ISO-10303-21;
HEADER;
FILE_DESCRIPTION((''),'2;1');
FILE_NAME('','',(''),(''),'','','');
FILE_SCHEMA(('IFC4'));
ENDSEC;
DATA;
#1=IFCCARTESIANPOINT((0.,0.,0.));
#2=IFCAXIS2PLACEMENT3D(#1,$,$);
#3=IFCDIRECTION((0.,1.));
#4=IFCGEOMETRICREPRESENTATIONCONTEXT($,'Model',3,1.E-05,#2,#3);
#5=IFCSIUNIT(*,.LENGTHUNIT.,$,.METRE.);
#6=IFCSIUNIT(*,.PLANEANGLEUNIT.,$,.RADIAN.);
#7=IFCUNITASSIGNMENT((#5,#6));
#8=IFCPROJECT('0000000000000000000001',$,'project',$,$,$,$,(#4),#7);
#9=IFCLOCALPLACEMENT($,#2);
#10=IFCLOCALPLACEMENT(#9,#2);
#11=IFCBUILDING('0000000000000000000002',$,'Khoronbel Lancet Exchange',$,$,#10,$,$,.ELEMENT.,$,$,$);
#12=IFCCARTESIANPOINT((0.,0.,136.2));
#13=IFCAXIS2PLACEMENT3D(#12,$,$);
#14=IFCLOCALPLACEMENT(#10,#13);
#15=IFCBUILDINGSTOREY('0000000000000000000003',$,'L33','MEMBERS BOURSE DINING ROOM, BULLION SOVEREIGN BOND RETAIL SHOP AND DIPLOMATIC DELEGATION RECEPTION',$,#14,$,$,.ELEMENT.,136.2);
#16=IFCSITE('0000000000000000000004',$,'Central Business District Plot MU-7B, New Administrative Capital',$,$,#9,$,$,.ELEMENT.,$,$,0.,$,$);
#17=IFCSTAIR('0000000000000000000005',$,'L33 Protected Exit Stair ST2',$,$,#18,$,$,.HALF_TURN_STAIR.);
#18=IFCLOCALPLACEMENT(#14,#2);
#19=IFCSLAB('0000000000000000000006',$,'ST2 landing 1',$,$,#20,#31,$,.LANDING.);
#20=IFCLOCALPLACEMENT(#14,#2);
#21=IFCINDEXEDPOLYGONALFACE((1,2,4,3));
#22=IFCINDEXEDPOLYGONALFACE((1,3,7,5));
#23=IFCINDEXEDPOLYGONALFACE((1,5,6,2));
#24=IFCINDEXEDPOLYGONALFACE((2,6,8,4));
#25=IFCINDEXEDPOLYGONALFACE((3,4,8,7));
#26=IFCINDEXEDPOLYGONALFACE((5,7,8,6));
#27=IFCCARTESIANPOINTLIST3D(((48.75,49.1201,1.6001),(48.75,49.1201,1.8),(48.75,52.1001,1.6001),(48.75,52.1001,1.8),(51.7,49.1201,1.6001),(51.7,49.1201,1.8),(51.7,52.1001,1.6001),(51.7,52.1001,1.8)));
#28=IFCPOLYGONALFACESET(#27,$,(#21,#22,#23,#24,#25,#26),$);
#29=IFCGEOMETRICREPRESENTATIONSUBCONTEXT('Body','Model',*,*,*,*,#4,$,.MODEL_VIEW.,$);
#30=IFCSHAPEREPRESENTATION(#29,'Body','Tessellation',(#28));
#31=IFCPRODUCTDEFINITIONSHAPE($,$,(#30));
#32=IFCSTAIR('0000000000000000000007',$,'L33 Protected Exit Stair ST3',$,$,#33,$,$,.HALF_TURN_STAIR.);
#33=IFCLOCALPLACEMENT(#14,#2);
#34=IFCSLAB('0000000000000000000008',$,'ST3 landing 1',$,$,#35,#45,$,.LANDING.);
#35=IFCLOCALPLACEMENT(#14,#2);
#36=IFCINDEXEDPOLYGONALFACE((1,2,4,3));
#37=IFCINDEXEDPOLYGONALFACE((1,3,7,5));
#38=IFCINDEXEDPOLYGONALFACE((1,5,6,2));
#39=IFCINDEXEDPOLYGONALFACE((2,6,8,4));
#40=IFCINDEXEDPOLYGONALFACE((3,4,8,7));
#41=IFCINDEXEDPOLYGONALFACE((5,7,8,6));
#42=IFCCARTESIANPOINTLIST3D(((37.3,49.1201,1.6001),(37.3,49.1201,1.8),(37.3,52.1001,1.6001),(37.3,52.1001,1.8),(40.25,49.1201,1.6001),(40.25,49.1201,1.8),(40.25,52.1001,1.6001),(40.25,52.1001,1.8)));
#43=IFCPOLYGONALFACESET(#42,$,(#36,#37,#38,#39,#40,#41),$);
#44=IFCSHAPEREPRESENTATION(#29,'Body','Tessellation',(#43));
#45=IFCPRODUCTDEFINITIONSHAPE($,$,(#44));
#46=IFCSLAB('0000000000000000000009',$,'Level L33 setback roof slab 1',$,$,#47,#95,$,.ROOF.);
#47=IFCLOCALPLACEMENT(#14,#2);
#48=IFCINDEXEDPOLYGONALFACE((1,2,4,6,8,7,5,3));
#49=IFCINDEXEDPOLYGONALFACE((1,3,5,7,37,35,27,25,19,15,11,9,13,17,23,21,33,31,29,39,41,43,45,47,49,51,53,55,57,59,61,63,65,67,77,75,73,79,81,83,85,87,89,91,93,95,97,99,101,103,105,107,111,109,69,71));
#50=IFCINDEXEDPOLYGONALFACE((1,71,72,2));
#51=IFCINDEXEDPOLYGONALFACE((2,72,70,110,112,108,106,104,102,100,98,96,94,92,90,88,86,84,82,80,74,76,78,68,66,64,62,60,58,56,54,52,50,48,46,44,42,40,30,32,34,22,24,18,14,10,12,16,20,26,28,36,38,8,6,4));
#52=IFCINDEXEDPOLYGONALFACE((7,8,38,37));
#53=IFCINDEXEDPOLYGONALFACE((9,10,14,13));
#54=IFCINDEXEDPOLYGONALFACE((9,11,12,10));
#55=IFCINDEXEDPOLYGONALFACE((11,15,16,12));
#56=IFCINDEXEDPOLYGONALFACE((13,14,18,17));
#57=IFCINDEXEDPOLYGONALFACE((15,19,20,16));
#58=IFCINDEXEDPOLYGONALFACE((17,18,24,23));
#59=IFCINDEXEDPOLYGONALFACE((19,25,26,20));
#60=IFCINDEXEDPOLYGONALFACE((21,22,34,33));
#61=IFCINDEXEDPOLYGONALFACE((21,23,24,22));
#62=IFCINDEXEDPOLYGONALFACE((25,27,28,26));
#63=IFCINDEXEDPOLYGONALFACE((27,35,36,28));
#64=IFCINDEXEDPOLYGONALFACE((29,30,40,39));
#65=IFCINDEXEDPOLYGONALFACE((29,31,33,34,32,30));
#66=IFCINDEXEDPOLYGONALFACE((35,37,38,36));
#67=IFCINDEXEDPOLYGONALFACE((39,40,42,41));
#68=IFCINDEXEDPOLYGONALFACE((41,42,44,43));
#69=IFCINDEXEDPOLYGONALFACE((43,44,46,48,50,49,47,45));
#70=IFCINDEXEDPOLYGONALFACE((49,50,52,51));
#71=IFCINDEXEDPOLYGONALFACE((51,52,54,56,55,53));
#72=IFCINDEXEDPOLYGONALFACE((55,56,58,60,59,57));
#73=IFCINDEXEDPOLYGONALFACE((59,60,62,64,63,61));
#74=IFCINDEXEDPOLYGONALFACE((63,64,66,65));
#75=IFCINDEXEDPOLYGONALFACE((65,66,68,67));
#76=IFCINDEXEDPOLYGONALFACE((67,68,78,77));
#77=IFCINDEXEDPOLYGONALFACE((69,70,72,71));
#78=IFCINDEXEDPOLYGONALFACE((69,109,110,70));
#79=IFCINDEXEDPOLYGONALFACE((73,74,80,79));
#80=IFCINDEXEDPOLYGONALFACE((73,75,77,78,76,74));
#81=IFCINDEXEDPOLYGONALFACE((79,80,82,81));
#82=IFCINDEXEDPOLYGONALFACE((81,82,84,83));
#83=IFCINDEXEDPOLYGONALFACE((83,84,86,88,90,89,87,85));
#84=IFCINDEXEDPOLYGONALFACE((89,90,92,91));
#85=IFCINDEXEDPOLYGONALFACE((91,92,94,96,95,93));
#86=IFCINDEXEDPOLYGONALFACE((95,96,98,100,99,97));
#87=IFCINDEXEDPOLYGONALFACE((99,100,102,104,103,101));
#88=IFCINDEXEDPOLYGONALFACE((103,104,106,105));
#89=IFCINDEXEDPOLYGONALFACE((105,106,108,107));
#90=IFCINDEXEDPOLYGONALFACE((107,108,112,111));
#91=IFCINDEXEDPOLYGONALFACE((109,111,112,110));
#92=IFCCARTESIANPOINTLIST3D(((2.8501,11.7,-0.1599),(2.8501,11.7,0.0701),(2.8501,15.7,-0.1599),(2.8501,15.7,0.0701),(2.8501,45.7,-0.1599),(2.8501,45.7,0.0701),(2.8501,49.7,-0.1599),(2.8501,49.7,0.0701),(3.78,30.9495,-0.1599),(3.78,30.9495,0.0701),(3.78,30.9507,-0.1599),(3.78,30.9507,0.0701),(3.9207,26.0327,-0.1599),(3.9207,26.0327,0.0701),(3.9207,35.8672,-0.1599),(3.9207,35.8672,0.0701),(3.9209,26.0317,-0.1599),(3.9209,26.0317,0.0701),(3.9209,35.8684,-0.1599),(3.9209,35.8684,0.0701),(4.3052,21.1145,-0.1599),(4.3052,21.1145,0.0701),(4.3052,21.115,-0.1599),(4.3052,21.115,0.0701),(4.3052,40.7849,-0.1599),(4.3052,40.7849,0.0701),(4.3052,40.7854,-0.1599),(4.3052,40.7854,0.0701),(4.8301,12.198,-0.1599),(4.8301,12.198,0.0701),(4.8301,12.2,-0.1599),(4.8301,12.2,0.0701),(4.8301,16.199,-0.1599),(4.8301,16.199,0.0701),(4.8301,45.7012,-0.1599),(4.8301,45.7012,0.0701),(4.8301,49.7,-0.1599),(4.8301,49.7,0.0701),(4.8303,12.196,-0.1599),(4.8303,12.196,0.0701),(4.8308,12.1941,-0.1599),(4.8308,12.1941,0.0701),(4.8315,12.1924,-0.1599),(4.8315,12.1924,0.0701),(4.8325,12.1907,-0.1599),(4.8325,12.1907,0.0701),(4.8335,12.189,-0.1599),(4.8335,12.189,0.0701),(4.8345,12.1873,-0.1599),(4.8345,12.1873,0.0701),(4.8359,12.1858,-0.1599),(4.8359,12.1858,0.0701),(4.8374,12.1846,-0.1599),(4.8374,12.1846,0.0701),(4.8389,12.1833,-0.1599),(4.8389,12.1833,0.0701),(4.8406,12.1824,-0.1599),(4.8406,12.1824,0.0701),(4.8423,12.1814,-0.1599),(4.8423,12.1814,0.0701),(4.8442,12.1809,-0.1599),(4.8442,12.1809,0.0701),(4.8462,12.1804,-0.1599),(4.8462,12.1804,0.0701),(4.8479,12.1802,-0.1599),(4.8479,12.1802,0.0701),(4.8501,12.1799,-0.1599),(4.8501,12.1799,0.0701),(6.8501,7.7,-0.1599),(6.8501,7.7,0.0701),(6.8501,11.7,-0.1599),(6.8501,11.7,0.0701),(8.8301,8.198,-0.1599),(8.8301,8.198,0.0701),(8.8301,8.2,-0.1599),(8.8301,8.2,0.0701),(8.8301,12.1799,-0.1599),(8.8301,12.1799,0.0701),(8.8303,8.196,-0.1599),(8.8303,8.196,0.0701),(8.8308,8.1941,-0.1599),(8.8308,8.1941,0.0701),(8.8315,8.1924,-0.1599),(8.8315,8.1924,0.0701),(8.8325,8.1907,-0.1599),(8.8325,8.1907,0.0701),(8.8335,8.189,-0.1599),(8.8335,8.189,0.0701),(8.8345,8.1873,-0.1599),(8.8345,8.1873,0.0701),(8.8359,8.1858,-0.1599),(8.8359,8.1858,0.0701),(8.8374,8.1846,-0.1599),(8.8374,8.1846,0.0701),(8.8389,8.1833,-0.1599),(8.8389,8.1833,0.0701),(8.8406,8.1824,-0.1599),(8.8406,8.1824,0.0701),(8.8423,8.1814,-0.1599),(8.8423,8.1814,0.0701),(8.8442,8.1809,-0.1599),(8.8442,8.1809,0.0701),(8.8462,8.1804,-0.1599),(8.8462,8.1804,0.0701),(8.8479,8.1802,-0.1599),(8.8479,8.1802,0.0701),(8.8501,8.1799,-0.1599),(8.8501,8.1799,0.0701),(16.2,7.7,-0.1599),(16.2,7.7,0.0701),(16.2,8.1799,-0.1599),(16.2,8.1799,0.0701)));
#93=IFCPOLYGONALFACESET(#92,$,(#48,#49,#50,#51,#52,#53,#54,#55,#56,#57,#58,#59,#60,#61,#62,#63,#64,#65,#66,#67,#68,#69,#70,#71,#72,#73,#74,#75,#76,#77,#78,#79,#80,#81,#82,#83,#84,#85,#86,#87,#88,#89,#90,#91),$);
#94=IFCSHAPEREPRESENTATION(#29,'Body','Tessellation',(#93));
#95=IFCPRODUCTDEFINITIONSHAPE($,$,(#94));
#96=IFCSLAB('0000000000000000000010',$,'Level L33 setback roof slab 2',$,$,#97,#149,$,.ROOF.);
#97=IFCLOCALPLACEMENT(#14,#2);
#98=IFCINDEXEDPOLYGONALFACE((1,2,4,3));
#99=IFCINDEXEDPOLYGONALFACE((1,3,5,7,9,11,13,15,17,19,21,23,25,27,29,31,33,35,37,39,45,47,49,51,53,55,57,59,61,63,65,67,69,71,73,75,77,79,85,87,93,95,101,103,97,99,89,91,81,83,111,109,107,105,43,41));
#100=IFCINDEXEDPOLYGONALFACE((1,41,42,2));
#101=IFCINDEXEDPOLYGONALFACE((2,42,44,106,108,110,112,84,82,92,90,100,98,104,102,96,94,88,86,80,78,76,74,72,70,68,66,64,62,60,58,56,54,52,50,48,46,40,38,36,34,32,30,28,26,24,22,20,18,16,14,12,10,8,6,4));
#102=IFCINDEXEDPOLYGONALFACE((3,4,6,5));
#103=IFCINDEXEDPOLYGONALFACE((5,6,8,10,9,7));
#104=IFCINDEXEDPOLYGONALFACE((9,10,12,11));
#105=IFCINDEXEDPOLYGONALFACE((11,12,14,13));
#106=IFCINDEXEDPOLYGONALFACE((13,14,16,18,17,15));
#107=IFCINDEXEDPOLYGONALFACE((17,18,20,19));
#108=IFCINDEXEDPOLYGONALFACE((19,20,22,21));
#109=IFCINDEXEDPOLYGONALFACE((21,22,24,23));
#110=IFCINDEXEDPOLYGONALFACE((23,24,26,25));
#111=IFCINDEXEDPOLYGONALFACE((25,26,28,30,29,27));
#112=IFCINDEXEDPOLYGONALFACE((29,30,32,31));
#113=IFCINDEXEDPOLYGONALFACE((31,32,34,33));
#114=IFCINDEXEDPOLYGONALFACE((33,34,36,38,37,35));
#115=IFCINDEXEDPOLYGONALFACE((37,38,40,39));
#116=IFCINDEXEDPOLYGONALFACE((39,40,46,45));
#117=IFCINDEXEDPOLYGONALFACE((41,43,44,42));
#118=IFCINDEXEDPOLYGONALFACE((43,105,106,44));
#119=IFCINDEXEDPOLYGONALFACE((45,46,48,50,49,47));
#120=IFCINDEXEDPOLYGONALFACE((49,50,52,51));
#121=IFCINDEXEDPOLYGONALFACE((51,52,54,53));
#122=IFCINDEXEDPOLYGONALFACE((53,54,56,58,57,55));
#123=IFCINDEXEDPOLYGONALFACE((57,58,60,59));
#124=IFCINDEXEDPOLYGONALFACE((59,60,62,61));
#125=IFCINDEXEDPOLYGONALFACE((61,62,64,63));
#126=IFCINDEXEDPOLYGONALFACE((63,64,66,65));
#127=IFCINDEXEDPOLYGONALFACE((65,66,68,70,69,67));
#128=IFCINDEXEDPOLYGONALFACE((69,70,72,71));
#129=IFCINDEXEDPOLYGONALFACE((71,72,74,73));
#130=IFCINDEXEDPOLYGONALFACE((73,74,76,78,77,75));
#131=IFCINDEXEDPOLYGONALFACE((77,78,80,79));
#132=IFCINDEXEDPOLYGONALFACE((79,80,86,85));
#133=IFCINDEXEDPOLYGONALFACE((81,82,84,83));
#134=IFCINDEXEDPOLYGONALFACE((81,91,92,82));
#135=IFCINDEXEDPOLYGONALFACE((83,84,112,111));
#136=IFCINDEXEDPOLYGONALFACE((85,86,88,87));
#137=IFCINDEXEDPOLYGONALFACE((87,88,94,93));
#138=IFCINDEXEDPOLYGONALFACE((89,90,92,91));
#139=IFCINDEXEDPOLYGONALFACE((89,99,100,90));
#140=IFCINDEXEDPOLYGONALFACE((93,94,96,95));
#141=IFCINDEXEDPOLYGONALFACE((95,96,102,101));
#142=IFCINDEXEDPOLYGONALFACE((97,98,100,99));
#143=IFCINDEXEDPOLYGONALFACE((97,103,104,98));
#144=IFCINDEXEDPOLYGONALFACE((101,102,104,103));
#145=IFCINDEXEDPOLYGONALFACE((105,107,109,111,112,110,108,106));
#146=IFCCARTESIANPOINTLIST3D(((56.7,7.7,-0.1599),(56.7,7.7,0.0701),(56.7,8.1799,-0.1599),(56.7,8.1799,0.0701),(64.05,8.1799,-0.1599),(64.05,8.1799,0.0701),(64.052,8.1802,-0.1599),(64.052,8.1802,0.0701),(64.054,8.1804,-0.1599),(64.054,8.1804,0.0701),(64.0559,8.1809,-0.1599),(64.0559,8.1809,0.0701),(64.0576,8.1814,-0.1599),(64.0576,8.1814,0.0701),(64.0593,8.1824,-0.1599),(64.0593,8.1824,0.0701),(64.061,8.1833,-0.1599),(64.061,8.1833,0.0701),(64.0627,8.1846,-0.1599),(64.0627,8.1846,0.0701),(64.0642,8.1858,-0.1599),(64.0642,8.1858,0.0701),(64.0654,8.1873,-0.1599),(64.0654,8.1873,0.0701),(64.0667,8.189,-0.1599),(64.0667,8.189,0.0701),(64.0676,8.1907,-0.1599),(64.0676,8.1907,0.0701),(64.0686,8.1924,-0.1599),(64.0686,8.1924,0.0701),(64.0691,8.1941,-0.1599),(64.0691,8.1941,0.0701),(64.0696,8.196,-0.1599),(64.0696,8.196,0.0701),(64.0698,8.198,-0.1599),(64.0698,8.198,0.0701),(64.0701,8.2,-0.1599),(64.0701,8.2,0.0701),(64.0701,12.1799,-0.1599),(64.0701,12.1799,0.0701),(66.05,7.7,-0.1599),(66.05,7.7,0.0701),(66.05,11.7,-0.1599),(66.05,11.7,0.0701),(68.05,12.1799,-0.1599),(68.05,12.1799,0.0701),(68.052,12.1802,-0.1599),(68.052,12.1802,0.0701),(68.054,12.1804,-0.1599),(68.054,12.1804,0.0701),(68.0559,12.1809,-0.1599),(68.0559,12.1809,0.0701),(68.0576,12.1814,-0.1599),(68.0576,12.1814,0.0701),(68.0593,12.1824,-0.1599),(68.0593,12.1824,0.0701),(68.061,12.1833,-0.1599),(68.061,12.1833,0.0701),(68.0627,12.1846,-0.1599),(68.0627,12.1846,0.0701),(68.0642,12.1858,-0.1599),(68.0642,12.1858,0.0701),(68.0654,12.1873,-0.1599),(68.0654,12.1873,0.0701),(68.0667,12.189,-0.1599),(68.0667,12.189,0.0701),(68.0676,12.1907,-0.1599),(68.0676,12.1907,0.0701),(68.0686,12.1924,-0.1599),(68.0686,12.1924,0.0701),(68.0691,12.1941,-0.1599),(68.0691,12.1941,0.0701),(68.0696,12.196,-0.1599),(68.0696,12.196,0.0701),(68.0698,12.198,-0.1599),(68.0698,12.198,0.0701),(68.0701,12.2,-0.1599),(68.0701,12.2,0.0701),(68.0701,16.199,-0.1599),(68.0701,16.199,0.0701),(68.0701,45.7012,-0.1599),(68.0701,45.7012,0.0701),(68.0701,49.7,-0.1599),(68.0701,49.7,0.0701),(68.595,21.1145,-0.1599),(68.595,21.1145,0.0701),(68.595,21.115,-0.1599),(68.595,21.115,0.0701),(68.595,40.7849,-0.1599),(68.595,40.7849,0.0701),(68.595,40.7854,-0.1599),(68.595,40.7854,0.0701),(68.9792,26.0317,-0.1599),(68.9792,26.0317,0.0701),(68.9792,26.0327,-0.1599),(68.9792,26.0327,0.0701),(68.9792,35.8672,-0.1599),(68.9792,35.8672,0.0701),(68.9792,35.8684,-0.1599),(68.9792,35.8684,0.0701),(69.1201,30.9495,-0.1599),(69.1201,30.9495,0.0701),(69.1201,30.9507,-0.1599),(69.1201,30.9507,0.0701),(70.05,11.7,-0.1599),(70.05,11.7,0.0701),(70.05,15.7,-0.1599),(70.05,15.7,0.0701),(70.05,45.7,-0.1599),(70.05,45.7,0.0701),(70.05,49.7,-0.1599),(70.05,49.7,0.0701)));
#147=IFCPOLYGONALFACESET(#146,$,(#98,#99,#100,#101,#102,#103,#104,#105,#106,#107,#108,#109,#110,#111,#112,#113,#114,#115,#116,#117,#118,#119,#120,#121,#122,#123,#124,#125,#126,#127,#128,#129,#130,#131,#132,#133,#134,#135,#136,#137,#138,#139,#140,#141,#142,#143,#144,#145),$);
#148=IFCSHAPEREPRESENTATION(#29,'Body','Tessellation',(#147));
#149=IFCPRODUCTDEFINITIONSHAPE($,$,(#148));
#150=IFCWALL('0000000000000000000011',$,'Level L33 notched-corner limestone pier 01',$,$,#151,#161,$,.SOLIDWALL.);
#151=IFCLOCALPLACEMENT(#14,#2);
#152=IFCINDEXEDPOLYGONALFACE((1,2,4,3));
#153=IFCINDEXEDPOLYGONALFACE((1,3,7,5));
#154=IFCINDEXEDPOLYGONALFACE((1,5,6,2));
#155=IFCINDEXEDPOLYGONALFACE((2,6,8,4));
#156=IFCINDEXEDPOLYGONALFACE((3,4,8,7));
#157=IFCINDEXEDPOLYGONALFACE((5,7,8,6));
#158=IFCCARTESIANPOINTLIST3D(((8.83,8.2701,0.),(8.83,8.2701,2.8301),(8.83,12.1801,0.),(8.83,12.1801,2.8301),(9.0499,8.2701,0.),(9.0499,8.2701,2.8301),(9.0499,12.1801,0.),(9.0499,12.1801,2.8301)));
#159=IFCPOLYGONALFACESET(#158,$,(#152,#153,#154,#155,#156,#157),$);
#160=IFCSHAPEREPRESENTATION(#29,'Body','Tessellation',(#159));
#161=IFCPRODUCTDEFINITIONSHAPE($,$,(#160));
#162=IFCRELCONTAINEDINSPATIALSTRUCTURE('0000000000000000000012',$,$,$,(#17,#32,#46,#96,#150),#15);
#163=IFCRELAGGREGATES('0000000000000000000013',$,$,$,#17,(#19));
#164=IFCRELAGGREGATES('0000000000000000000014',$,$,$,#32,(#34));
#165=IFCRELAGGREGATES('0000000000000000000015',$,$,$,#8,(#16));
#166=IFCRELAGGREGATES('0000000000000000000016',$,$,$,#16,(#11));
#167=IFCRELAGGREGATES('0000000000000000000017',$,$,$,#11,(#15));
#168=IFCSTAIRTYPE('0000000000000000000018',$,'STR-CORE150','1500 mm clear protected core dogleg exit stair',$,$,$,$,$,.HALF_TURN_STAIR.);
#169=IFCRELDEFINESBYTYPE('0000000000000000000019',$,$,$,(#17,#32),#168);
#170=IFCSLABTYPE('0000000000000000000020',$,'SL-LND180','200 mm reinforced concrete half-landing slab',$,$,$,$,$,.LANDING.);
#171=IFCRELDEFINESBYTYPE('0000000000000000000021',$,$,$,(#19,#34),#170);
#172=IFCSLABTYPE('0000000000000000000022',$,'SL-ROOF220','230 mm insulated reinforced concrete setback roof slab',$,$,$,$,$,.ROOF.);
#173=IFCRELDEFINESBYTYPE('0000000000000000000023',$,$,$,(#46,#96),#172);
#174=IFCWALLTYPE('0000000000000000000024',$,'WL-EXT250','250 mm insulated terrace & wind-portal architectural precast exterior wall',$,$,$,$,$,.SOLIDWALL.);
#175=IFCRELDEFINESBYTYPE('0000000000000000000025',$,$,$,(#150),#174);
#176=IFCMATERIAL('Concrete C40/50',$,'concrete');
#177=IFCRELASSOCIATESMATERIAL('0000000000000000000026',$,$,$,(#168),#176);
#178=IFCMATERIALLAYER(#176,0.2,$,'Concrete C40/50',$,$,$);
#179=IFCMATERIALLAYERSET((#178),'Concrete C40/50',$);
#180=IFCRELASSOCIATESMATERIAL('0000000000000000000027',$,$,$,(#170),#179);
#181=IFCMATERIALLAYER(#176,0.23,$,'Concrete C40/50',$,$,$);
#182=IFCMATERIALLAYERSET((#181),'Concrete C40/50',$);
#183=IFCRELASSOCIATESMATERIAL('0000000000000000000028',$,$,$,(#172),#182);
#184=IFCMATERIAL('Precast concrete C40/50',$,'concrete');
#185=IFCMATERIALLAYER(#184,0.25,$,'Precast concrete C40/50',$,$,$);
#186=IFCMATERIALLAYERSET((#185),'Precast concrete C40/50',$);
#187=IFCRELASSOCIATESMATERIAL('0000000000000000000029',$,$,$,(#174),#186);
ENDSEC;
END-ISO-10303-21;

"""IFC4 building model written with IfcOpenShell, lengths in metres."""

from ifc_helpers import new_model, si_unit, direction, frame, frame_2d, origin, place, context, subcontext, project, spatial, polyline, rectangle, outline, extrude, material, layer, layer_set, type_object, element, aggregate, save


model = new_model("IFC4")

# Units and contexts
model_context = context("Model", 3, precision=1e-05, world=origin(), true_north=direction((0.0, 1.0)))
body_context = subcontext(model_context, "Body", "Model", "MODEL_VIEW")
ifc_project = project(units=[si_unit("LENGTHUNIT", "METRE"), si_unit("PLANEANGLEUNIT", "RADIAN")], contexts=[model_context])

# Site, building, storey
site_placement = place(None, origin())
site = spatial("IfcSite", under=ifc_project, at=site_placement, Name="Central Business District Plot MU-7B, New Administrative Capital", CompositionType="ELEMENT", RefElevation=0.0)
building_placement = place(site_placement, origin())
building = spatial("IfcBuilding", under=site, at=building_placement, Name="Khoronbel Lancet Exchange", CompositionType="ELEMENT")
storey_placement = place(building_placement, frame((0.0, 0.0, 136.2)))
storey = spatial("IfcBuildingStorey", under=building, at=storey_placement, Name="L33", Description="MEMBERS BOURSE DINING ROOM, BULLION SOVEREIGN BOND RETAIL SHOP AND DIPLOMATIC DELEGATION RECEPTION", CompositionType="ELEMENT", Elevation=136.2)

# Shared definitions
ifc_material_1 = material(Name="Concrete C40/50", Category="concrete")

# Stairs, slabs
stair_type = type_object("IfcStairType", Name="STR-CORE150", Description="1500 mm clear protected core dogleg exit stair", PredefinedType="HALF_TURN_STAIR", material=ifc_material_1)
ifc_layer_1 = layer(ifc_material_1, 0.2, Name="Concrete C40/50")
ifc_layer_set_1 = layer_set([ifc_layer_1], Name="Concrete C40/50")
slab_type_1 = type_object("IfcSlabType", Name="SL-LND180", Description="200 mm reinforced concrete half-landing slab", PredefinedType="LANDING", material=ifc_layer_set_1)
stair_1_placement = place(storey_placement, origin())
stair_1 = element("IfcStair", 1, at=stair_1_placement, inside=storey, type_object=stair_type, Name="L33 Protected Exit Stair ST2", PredefinedType="HALF_TURN_STAIR")
slab_1_placement = place(storey_placement, frame((0.0, 0.0, 1.6001)))
slab_1 = element("IfcSlab", 2, at=slab_1_placement, type_object=slab_type_1, Name="ST2 landing 1", PredefinedType="LANDING", context=body_context, shape_type="SweptSolid", body=[
    extrude(outline(polyline([(51.7, 52.1001), (48.75, 52.1001), (48.75, 49.1201), (51.7, 49.1201), (51.7, 52.1001)])), origin(), (0.0, 0.0, 1.0), 0.2),
])
aggregate(stair_1, [slab_1])
stair_2_placement = place(storey_placement, origin())
stair_2 = element("IfcStair", 3, at=stair_2_placement, inside=storey, type_object=stair_type, Name="L33 Protected Exit Stair ST3", PredefinedType="HALF_TURN_STAIR")
slab_2_placement = place(storey_placement, frame((0.0, 0.0, 1.6001)))
slab_2 = element("IfcSlab", 4, at=slab_2_placement, type_object=slab_type_1, Name="ST3 landing 1", PredefinedType="LANDING", context=body_context, shape_type="SweptSolid", body=[
    extrude(outline(polyline([(37.3, 49.1201), (40.25, 49.1201), (40.25, 52.1001), (37.3, 52.1001), (37.3, 49.1201)])), origin(), (0.0, 0.0, 1.0), 0.2),
])
aggregate(stair_2, [slab_2])

# Slabs
ifc_layer_2 = layer(ifc_material_1, 0.23, Name="Concrete C40/50")
ifc_layer_set_2 = layer_set([ifc_layer_2], Name="Concrete C40/50")
slab_type_2 = type_object("IfcSlabType", Name="SL-ROOF220", Description="230 mm insulated reinforced concrete setback roof slab", PredefinedType="ROOF", material=ifc_layer_set_2)
slab_3_placement = place(storey_placement, frame((0.0, 0.0, -0.1599)))
element("IfcSlab", 5, at=slab_3_placement, inside=storey, type_object=slab_type_2, Name="Level L33 setback roof slab 1", PredefinedType="ROOF", context=body_context, shape_type="SweptSolid", body=[
    extrude(outline(polyline([(6.8501, 7.7), (6.8501, 11.7), (2.8501, 11.7), (2.8501, 15.7), (2.8501, 45.7), (2.8501, 49.7), (4.8301, 49.7), (4.8301, 45.7012), (4.3052, 40.7854), (4.3052, 40.7849), (3.9209, 35.8684), (3.9207, 35.8672), (3.78, 30.9507), (3.78, 30.9495), (3.9207, 26.0327), (3.9209, 26.0317), (4.3052, 21.115), (4.3052, 21.1145), (4.8301, 16.199), (4.8301, 12.2), (4.8301, 12.198), (4.8303, 12.196), (4.8308, 12.1941), (4.8315, 12.1924), (4.8325, 12.1907), (4.8335, 12.189), (4.8345, 12.1873), (4.8359, 12.1858), (4.8374, 12.1846), (4.8389, 12.1833), (4.8406, 12.1824), (4.8423, 12.1814), (4.8442, 12.1809), (4.8462, 12.1804), (4.8479, 12.1802), (4.8501, 12.1799), (8.8301, 12.1799), (8.8301, 8.2), (8.8301, 8.198), (8.8303, 8.196), (8.8308, 8.1941), (8.8315, 8.1924), (8.8325, 8.1907), (8.8335, 8.189), (8.8345, 8.1873), (8.8359, 8.1858), (8.8374, 8.1846), (8.8389, 8.1833), (8.8406, 8.1824), (8.8423, 8.1814), (8.8442, 8.1809), (8.8462, 8.1804), (8.8479, 8.1802), (8.8501, 8.1799), (16.2, 8.1799), (16.2, 7.7), (6.8501, 7.7)])), origin(), (0.0, 0.0, 1.0), 0.23),
])
slab_4_placement = place(storey_placement, frame((0.0, 0.0, -0.1599)))
element("IfcSlab", 6, at=slab_4_placement, inside=storey, type_object=slab_type_2, Name="Level L33 setback roof slab 2", PredefinedType="ROOF", context=body_context, shape_type="SweptSolid", body=[
    extrude(outline(polyline([(70.05, 45.7), (70.05, 15.7), (70.05, 11.7), (66.05, 11.7), (66.05, 7.7), (56.7, 7.7), (56.7, 8.1799), (64.05, 8.1799), (64.052, 8.1802), (64.054, 8.1804), (64.0559, 8.1809), (64.0576, 8.1814), (64.0593, 8.1824), (64.061, 8.1833), (64.0627, 8.1846), (64.0642, 8.1858), (64.0654, 8.1873), (64.0667, 8.189), (64.0676, 8.1907), (64.0686, 8.1924), (64.0691, 8.1941), (64.0696, 8.196), (64.0698, 8.198), (64.0701, 8.2), (64.0701, 12.1799), (68.05, 12.1799), (68.052, 12.1802), (68.054, 12.1804), (68.0559, 12.1809), (68.0576, 12.1814), (68.0593, 12.1824), (68.061, 12.1833), (68.0627, 12.1846), (68.0642, 12.1858), (68.0654, 12.1873), (68.0667, 12.189), (68.0676, 12.1907), (68.0686, 12.1924), (68.0691, 12.1941), (68.0696, 12.196), (68.0698, 12.198), (68.0701, 12.2), (68.0701, 16.199), (68.595, 21.1145), (68.595, 21.115), (68.9792, 26.0317), (68.9792, 26.0327), (69.1201, 30.9495), (69.1201, 30.9507), (68.9792, 35.8672), (68.9792, 35.8684), (68.595, 40.7849), (68.595, 40.7854), (68.0701, 45.7012), (68.0701, 49.7), (70.05, 49.7), (70.05, 45.7)])), origin(), (0.0, 0.0, 1.0), 0.23),
])

# Wall
ifc_material_2 = material(Name="Precast concrete C40/50", Category="concrete")
ifc_layer_3 = layer(ifc_material_2, 0.25, Name="Precast concrete C40/50")
ifc_layer_set_3 = layer_set([ifc_layer_3], Name="Precast concrete C40/50")
wall_type = type_object("IfcWallType", Name="WL-EXT250", Description="250 mm insulated terrace & wind-portal architectural precast exterior wall", PredefinedType="SOLIDWALL", material=ifc_layer_set_3)
wall_placement = place(storey_placement, frame((8.9399, 8.27, 0.0), z_axis=(0.0, 0.0, 1.0), x_axis=(0.0, 1.0, 0.0)))
element("IfcWall", 7, at=wall_placement, inside=storey, type_object=wall_type, Name="Level L33 notched-corner limestone pier 01", PredefinedType="SOLIDWALL", context=body_context, shape_type="SweptSolid", body=[
    extrude(rectangle(XDim=3.9099, YDim=0.22, at=frame_2d((1.9551, 0.0))), origin(), (0.0, 0.0, 1.0), 2.8301),
])

save(model, "model.ifc")
